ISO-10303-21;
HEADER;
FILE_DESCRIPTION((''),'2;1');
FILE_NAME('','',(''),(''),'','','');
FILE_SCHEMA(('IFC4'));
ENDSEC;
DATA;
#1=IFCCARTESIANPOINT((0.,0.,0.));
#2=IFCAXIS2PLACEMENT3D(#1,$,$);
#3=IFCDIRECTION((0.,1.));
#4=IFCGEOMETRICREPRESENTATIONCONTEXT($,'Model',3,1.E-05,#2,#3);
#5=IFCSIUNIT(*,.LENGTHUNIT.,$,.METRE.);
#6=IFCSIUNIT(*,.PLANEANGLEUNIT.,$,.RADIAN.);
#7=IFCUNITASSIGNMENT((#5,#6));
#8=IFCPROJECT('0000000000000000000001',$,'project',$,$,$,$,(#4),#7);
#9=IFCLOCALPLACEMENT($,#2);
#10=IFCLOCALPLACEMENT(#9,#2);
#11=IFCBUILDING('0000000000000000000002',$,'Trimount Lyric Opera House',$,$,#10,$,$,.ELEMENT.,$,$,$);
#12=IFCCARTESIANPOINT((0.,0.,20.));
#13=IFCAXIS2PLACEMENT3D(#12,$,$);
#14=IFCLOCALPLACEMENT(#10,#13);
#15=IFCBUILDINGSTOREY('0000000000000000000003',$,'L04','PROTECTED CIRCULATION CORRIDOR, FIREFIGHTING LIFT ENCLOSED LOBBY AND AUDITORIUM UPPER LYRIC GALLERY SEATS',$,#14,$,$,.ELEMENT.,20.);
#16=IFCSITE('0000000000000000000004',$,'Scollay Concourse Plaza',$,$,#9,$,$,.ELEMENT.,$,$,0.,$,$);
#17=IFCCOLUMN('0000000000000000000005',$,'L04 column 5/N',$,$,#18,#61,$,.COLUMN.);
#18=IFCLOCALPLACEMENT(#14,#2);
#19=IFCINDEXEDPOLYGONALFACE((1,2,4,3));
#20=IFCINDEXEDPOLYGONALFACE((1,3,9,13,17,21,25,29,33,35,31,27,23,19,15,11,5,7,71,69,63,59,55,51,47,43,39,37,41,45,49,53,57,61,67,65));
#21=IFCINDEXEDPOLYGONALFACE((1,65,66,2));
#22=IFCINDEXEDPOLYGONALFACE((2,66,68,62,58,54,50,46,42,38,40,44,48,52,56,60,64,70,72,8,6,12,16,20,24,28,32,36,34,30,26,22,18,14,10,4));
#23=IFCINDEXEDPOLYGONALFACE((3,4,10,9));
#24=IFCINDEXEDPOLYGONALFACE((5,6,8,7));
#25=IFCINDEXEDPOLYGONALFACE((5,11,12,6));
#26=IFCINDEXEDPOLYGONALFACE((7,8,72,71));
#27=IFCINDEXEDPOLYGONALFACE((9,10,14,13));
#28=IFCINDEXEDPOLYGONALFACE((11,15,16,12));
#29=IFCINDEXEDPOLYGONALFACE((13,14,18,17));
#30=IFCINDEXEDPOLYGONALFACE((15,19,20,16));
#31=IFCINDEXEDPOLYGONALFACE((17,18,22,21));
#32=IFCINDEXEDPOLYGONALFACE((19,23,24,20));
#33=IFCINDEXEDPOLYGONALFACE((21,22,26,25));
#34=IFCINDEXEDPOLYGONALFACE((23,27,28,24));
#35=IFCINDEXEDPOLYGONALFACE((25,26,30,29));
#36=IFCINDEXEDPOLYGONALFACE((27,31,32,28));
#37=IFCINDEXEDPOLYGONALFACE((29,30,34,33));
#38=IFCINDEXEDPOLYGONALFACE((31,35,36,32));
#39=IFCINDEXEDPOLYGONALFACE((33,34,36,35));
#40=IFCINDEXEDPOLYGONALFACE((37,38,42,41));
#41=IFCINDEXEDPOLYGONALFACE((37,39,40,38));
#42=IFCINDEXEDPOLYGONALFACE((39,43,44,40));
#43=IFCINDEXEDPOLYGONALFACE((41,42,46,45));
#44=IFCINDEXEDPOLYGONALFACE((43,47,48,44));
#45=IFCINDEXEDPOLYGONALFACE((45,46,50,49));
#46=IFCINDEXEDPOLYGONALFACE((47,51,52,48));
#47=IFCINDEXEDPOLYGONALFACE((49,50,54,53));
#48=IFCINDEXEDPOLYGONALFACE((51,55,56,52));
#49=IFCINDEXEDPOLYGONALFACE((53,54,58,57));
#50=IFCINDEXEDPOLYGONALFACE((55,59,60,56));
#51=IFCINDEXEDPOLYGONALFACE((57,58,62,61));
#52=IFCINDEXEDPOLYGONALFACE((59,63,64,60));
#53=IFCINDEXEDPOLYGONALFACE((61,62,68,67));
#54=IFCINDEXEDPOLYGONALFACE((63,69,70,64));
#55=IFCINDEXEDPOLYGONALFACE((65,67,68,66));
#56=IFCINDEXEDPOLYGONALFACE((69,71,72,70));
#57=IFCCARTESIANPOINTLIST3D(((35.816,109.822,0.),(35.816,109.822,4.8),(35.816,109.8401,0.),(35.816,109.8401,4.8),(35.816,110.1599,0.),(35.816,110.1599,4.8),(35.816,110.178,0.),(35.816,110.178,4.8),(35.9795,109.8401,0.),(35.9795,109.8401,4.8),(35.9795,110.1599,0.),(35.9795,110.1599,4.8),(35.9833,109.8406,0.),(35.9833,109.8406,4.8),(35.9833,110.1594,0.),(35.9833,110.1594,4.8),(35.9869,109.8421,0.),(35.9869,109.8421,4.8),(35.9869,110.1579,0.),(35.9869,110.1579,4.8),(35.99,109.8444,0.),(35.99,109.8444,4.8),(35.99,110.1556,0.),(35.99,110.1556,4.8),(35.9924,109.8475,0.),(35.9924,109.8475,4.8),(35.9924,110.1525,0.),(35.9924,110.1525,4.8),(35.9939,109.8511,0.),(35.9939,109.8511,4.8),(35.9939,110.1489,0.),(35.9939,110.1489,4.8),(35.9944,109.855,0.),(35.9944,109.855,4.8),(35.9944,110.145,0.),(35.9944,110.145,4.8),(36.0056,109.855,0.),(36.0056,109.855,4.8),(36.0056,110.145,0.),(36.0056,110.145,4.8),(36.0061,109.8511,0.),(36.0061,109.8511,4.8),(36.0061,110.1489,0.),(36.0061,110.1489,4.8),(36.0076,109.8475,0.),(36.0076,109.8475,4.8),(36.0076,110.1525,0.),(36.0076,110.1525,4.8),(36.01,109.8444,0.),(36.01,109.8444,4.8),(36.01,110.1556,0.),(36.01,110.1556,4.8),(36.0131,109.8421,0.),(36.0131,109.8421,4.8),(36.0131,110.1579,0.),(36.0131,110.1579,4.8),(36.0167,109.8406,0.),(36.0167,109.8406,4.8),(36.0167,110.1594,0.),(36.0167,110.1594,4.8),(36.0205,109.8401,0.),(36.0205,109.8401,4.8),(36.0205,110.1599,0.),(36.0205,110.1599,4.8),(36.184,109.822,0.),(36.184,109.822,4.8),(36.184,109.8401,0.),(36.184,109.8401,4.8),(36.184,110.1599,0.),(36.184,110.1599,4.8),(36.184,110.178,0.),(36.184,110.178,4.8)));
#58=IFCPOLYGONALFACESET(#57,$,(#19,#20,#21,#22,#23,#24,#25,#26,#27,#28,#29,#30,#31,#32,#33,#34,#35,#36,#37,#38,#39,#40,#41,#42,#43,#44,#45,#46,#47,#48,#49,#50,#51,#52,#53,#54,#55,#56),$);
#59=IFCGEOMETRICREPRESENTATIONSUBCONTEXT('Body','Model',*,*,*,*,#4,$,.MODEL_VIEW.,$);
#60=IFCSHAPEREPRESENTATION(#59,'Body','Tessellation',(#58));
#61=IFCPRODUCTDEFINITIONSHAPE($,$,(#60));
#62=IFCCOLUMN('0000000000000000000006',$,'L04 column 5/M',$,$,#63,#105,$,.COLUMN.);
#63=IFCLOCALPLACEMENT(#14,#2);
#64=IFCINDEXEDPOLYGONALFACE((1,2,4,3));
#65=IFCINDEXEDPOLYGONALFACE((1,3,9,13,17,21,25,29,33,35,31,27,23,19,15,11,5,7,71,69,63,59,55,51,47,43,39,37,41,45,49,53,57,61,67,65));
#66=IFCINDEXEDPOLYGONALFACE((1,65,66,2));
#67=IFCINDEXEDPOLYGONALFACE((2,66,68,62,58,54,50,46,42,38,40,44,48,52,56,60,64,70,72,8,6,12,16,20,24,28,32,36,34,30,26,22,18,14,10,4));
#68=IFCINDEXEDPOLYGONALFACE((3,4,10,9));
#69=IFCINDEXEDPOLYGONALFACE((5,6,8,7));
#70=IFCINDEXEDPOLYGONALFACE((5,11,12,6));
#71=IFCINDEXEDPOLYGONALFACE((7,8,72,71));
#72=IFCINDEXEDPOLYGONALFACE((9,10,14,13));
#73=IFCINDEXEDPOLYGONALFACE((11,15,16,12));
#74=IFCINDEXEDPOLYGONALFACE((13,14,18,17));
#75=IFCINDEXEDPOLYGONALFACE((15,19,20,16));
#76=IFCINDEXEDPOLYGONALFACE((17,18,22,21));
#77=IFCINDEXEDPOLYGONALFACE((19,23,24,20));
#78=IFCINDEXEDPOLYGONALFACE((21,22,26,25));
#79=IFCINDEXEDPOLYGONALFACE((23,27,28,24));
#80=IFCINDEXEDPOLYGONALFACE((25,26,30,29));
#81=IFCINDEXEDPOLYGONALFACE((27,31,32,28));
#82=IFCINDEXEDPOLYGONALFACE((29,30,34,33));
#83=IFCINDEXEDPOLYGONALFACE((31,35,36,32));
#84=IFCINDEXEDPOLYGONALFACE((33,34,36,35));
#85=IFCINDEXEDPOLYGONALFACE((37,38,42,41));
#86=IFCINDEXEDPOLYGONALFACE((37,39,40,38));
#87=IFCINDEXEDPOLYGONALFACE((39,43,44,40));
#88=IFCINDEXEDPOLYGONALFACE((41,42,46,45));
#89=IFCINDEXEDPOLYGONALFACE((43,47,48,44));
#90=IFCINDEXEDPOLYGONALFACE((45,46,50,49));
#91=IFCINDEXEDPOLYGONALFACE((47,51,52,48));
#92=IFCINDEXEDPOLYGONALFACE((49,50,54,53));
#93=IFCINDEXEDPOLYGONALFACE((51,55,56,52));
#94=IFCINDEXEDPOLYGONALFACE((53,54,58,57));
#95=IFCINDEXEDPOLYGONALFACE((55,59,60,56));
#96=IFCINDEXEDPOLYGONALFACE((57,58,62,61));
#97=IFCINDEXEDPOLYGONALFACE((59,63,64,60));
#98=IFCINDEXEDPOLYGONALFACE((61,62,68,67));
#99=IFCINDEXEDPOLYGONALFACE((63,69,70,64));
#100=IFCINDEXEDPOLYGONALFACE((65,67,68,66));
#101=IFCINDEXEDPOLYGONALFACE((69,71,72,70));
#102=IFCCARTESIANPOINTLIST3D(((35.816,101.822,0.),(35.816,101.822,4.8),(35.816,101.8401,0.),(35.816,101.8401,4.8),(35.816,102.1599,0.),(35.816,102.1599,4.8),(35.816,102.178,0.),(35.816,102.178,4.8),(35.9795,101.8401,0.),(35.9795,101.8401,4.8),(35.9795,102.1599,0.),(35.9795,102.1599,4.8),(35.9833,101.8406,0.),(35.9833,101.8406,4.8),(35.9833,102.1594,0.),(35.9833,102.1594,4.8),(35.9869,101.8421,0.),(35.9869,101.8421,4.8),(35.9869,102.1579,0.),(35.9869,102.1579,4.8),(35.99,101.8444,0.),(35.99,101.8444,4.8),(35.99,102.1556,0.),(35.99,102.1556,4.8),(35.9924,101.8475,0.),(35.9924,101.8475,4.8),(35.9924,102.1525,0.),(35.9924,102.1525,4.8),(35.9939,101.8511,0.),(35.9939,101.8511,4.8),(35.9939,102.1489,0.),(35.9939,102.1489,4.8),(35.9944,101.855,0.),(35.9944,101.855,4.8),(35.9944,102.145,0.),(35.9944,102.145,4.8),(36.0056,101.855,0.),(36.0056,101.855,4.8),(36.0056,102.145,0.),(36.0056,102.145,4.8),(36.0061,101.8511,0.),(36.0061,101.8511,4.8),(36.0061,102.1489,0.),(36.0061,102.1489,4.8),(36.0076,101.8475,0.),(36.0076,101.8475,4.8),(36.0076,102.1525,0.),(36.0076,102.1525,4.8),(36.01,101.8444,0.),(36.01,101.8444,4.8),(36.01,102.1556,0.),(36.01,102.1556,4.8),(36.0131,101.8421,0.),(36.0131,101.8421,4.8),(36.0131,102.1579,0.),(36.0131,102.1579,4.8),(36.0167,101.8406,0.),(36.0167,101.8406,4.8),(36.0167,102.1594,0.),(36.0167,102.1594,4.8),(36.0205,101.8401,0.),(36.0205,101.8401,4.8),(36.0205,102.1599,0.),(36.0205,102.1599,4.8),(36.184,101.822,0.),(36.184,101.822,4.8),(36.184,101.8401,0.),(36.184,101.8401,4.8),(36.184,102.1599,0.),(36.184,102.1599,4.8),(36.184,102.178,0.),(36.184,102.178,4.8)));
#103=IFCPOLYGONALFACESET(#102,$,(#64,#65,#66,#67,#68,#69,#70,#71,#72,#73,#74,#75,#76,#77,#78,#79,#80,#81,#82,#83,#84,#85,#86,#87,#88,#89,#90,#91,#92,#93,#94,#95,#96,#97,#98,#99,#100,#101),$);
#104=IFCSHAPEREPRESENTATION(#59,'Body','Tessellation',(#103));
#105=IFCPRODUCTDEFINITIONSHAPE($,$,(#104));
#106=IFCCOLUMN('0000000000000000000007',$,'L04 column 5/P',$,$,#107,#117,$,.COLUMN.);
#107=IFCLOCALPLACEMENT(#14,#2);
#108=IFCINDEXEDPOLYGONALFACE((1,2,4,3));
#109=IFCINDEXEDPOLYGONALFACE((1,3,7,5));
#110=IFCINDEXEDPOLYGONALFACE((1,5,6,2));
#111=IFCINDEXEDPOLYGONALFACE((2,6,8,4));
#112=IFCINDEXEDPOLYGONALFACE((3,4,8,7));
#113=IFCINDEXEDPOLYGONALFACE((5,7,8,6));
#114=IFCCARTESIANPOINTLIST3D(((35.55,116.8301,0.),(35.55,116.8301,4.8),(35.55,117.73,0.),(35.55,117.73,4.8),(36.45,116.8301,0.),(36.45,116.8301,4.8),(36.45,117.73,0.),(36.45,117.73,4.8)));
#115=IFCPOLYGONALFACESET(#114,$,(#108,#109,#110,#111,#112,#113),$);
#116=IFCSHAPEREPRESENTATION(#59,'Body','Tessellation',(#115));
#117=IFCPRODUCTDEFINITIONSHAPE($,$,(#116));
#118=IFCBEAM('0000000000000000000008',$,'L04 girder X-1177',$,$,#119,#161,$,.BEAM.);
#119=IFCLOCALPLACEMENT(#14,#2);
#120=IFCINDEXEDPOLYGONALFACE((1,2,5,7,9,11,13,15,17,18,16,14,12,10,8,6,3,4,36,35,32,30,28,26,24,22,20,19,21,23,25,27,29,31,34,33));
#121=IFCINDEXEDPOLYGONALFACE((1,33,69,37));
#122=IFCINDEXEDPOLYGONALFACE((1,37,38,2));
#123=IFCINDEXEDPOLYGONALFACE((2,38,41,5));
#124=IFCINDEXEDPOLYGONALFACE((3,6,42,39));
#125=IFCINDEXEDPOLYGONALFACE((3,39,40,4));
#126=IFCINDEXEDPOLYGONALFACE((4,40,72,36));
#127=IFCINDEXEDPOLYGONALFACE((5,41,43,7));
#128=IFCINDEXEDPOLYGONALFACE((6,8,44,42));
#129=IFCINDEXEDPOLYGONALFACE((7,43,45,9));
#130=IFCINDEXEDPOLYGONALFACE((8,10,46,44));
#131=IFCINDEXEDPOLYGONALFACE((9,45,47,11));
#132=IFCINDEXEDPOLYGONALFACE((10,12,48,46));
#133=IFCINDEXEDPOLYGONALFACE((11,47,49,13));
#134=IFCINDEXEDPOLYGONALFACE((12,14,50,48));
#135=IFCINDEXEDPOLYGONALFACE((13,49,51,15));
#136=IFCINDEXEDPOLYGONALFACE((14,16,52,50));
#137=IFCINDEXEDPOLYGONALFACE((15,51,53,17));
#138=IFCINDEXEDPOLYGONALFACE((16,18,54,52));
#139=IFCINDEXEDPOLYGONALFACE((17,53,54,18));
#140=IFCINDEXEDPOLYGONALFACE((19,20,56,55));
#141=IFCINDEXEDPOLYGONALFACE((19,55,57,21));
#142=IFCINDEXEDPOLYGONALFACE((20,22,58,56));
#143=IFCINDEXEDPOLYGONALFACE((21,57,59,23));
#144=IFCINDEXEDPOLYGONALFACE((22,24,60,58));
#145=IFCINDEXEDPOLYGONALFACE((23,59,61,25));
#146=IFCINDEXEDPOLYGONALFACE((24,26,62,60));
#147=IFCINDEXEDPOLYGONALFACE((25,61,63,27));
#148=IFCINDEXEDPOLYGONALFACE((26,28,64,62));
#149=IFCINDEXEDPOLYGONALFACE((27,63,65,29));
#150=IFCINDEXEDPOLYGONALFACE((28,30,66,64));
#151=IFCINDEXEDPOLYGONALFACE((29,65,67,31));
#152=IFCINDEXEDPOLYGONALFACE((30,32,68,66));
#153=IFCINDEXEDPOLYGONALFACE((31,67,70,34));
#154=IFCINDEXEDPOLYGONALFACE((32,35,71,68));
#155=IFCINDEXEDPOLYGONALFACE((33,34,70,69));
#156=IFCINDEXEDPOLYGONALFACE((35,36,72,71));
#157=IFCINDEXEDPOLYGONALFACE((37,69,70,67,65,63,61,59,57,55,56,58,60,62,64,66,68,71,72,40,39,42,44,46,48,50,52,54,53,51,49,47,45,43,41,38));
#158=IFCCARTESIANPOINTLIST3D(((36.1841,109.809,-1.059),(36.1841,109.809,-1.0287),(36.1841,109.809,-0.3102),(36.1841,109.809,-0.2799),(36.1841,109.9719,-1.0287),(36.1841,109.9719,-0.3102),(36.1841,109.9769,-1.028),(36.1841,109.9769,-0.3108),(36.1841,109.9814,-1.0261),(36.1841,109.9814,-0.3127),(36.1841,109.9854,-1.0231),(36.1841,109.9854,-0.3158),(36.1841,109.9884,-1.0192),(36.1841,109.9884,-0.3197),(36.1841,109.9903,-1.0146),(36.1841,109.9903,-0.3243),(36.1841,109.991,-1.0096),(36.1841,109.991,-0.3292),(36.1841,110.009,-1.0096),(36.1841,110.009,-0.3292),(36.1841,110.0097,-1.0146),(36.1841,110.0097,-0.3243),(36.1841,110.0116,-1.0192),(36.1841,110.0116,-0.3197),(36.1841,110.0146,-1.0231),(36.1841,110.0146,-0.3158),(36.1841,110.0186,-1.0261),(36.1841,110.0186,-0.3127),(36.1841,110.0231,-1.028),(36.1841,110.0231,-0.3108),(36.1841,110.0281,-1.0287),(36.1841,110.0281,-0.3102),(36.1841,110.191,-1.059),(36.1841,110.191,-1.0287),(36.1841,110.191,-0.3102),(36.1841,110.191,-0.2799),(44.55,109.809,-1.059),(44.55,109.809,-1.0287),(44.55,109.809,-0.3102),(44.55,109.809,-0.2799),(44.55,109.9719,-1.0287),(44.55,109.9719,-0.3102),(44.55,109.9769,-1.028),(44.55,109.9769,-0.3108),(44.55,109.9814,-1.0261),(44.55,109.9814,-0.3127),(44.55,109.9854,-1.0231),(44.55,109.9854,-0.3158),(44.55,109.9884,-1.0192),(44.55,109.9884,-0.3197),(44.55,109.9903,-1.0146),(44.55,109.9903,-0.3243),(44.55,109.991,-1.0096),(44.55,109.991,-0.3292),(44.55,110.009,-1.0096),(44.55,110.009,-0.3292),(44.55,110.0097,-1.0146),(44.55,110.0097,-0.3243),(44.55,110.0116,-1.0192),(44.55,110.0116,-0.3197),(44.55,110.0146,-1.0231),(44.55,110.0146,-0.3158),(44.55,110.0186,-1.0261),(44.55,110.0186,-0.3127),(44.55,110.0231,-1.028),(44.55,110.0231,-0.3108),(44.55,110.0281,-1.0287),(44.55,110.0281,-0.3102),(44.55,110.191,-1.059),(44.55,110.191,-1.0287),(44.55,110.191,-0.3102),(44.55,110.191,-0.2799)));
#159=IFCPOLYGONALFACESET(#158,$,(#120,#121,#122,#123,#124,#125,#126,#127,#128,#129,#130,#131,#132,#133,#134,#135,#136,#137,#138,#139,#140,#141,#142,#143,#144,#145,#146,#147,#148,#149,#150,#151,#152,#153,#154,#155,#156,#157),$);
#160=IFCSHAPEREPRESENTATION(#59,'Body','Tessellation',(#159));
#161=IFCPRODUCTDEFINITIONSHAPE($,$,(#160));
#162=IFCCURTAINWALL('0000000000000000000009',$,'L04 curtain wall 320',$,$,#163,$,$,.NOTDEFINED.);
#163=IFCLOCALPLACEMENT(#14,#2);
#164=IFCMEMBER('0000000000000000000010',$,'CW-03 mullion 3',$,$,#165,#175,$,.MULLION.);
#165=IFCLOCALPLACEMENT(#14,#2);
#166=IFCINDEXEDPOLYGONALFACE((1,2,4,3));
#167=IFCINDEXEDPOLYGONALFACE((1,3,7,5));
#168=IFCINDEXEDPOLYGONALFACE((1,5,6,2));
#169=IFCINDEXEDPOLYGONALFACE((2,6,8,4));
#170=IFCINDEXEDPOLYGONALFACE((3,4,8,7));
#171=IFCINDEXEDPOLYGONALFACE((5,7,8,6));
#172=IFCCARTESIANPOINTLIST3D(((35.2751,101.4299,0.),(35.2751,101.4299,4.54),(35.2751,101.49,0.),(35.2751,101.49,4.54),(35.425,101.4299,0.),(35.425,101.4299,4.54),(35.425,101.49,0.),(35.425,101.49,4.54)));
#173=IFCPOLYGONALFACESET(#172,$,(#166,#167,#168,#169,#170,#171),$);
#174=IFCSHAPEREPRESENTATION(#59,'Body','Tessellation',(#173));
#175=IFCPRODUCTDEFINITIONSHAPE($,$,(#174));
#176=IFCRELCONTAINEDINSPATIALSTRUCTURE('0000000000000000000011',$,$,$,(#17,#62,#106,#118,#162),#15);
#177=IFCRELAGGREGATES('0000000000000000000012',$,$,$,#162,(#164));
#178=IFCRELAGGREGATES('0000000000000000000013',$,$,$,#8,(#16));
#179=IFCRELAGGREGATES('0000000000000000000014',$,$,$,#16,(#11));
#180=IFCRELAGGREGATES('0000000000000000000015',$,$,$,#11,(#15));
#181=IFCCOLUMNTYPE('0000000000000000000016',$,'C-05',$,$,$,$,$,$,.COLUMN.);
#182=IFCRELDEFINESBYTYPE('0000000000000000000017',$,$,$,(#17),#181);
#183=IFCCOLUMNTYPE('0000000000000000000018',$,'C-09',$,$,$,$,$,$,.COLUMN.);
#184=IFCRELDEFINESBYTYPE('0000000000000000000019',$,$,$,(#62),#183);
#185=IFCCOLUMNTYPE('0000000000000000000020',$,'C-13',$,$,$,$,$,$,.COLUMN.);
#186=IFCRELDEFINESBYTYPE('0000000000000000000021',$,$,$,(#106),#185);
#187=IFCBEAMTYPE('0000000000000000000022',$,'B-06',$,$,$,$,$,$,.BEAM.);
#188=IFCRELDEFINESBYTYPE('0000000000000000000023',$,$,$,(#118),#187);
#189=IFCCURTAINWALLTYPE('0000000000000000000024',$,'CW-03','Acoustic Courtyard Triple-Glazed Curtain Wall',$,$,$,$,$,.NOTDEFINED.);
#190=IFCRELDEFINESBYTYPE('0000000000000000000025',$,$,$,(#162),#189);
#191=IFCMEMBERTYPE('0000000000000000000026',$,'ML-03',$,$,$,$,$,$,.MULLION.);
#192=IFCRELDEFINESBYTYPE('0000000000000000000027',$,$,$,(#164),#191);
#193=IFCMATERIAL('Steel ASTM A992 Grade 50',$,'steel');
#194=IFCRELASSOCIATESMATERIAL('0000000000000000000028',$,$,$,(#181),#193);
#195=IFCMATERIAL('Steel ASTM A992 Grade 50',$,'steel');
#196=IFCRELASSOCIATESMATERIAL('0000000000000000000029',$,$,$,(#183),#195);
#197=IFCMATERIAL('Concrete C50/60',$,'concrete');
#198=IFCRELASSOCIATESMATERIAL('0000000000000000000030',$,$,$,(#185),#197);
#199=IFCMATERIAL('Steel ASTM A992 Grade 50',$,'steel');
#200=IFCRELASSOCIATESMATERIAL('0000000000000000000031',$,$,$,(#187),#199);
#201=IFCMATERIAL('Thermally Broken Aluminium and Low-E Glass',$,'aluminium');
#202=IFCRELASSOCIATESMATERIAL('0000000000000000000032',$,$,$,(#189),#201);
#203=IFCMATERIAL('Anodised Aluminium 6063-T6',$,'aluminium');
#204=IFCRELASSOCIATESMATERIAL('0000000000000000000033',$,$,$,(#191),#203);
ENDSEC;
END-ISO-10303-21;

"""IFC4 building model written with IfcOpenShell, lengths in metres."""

from ifc_helpers import new_model, si_unit, direction, frame, origin, origin_2d, place, context, subcontext, project, spatial, rectangle, i_section, extrude, material, material_profile, profile_set, type_object, element, aggregate, save


model = new_model("IFC4")

# Units and contexts
model_context = context("Model", 3, precision=1e-05, world=origin(), true_north=direction((0.0, 1.0)))
body_context = subcontext(model_context, "Body", "Model", "MODEL_VIEW")
ifc_project = project(units=[si_unit("LENGTHUNIT", "METRE"), si_unit("PLANEANGLEUNIT", "RADIAN")], contexts=[model_context])

# Site, building, storey
site_placement = place(None, origin())
site = spatial("IfcSite", under=ifc_project, at=site_placement, Name="Scollay Concourse Plaza", CompositionType="ELEMENT", RefElevation=0.0)
building_placement = place(site_placement, origin())
building = spatial("IfcBuilding", under=site, at=building_placement, Name="Trimount Lyric Opera House", CompositionType="ELEMENT")
storey_placement = place(building_placement, frame((0.0, 0.0, 20.0)))
storey = spatial("IfcBuildingStorey", under=building, at=storey_placement, Name="L04", Description="PROTECTED CIRCULATION CORRIDOR, FIREFIGHTING LIFT ENCLOSED LOBBY AND AUDITORIUM UPPER LYRIC GALLERY SEATS", CompositionType="ELEMENT", Elevation=20.0)

# Columns
ifc_material_1 = material(Name="Steel ASTM A992 Grade 50", Category="steel")
ifc_material_profile_1 = material_profile(ifc_material_1, i_section(OverallWidth=0.3679, OverallDepth=0.356, WebThickness=0.0112, FlangeThickness=0.0181, FilletRadius=0.0149, at=origin_2d()), Name="W14X90")
ifc_profile_set_1 = profile_set([ifc_material_profile_1], Name="Steel ASTM A992 Grade 50")
column_type_1 = type_object("IfcColumnType", Name="C-05", PredefinedType="COLUMN", material=ifc_profile_set_1)
column_1_placement = place(storey_placement, frame((36.0, 110.0, 0.0), z_axis=(0.0, 0.0, 1.0), x_axis=(1.0, 0.0, 0.0)))
element("IfcColumn", 1, at=column_1_placement, inside=storey, type_object=column_type_1, Name="L04 column 5/N", PredefinedType="COLUMN", context=body_context, shape_type="SweptSolid", body=[
    extrude(i_section(OverallWidth=0.3679, OverallDepth=0.356, WebThickness=0.0112, FlangeThickness=0.0181, FilletRadius=0.0149, at=origin_2d()), origin(), (0.0, 0.0, 1.0), 4.8),
])
ifc_material_2 = material(Name="Steel ASTM A992 Grade 50", Category="steel")
ifc_material_profile_2 = material_profile(ifc_material_2, i_section(OverallWidth=0.3679, OverallDepth=0.356, WebThickness=0.0112, FlangeThickness=0.0181, FilletRadius=0.0149, at=origin_2d()), Name="W14X90")
ifc_profile_set_2 = profile_set([ifc_material_profile_2], Name="Steel ASTM A992 Grade 50")
column_type_2 = type_object("IfcColumnType", Name="C-09", PredefinedType="COLUMN", material=ifc_profile_set_2)
column_2_placement = place(storey_placement, frame((36.0, 102.0, 0.0), z_axis=(0.0, 0.0, 1.0), x_axis=(1.0, 0.0, 0.0)))
element("IfcColumn", 2, at=column_2_placement, inside=storey, type_object=column_type_2, Name="L04 column 5/M", PredefinedType="COLUMN", context=body_context, shape_type="SweptSolid", body=[
    extrude(i_section(OverallWidth=0.3679, OverallDepth=0.356, WebThickness=0.0112, FlangeThickness=0.0181, FilletRadius=0.0149, at=origin_2d()), origin(), (0.0, 0.0, 1.0), 4.8),
])
ifc_material_3 = material(Name="Concrete C50/60", Category="concrete")
ifc_material_profile_3 = material_profile(ifc_material_3, rectangle(XDim=0.8999, YDim=0.8999, at=origin_2d()), Name="RC900X900")
ifc_profile_set_3 = profile_set([ifc_material_profile_3], Name="Concrete C50/60")
column_type_3 = type_object("IfcColumnType", Name="C-13", PredefinedType="COLUMN", material=ifc_profile_set_3)
column_3_placement = place(storey_placement, frame((36.0, 117.28, 0.0), z_axis=(0.0, 0.0, 1.0), x_axis=(1.0, 0.0, 0.0)))
element("IfcColumn", 3, at=column_3_placement, inside=storey, type_object=column_type_3, Name="L04 column 5/P", PredefinedType="COLUMN", context=body_context, shape_type="SweptSolid", body=[
    extrude(rectangle(XDim=0.8999, YDim=0.8999, at=origin_2d()), origin(), (0.0, 0.0, 1.0), 4.8),
])

# Beam
ifc_material_4 = material(Name="Steel ASTM A992 Grade 50", Category="steel")
ifc_material_profile_4 = material_profile(ifc_material_4, i_section(OverallWidth=0.3821, OverallDepth=0.7791, WebThickness=0.0181, FlangeThickness=0.0303, FilletRadius=0.019, at=origin_2d()), Name="W30X191")
ifc_profile_set_4 = profile_set([ifc_material_profile_4], Name="Steel ASTM A992 Grade 50")
beam_type_1 = type_object("IfcBeamType", Name="B-06", PredefinedType="BEAM", material=ifc_profile_set_4)
beam_1_placement = place(storey_placement, frame((36.1841, 110.0, -0.6694), z_axis=(1.0, 0.0, 0.0), x_axis=(0.0, 1.0, 0.0)))
element("IfcBeam", 4, at=beam_1_placement, inside=storey, type_object=beam_type_1, Name="L04 girder X-1177", PredefinedType="BEAM", context=body_context, shape_type="SweptSolid", body=[
    extrude(i_section(OverallWidth=0.3821, OverallDepth=0.7791, WebThickness=0.0181, FlangeThickness=0.0303, FilletRadius=0.019, at=origin_2d()), origin(), (0.0, 0.0, 1.0), 8.366),
])

# Curtain wall, member
ifc_material_5 = material(Name="Thermally Broken Aluminium and Low-E Glass", Category="aluminium")
curtain_wall_type = type_object("IfcCurtainWallType", Name="CW-03", Description="Acoustic Courtyard Triple-Glazed Curtain Wall", PredefinedType="NOTDEFINED", material=ifc_material_5)
curtain_wall_1_placement = place(storey_placement, origin())
curtain_wall_1 = element("IfcCurtainWall", 5, at=curtain_wall_1_placement, inside=storey, type_object=curtain_wall_type, Name="L04 curtain wall 320", PredefinedType="NOTDEFINED")
ifc_material_6 = material(Name="Anodised Aluminium 6063-T6", Category="aluminium")
ifc_material_profile_5 = material_profile(ifc_material_6, rectangle(XDim=0.0601, YDim=0.1499, at=origin_2d()), Name="ALU-MULL-60X150")
ifc_profile_set_5 = profile_set([ifc_material_profile_5], Name="Anodised Aluminium 6063-T6")
member_type_1 = type_object("IfcMemberType", Name="ML-03", PredefinedType="MULLION", material=ifc_profile_set_5)
member_1_placement = place(storey_placement, frame((35.3501, 101.46, 0.0), z_axis=(0.0, 0.0, 1.0), x_axis=(0.0, -1.0, 0.0)))
member_1 = element("IfcMember", 6, at=member_1_placement, type_object=member_type_1, Name="CW-03 mullion 3", PredefinedType="MULLION", context=body_context, shape_type="SweptSolid", body=[
    extrude(rectangle(XDim=0.0601, YDim=0.1499, at=origin_2d()), origin(), (0.0, 0.0, 1.0), 4.54),
])

aggregate(curtain_wall_1, [member_1])

save(model, "model.ifc")
